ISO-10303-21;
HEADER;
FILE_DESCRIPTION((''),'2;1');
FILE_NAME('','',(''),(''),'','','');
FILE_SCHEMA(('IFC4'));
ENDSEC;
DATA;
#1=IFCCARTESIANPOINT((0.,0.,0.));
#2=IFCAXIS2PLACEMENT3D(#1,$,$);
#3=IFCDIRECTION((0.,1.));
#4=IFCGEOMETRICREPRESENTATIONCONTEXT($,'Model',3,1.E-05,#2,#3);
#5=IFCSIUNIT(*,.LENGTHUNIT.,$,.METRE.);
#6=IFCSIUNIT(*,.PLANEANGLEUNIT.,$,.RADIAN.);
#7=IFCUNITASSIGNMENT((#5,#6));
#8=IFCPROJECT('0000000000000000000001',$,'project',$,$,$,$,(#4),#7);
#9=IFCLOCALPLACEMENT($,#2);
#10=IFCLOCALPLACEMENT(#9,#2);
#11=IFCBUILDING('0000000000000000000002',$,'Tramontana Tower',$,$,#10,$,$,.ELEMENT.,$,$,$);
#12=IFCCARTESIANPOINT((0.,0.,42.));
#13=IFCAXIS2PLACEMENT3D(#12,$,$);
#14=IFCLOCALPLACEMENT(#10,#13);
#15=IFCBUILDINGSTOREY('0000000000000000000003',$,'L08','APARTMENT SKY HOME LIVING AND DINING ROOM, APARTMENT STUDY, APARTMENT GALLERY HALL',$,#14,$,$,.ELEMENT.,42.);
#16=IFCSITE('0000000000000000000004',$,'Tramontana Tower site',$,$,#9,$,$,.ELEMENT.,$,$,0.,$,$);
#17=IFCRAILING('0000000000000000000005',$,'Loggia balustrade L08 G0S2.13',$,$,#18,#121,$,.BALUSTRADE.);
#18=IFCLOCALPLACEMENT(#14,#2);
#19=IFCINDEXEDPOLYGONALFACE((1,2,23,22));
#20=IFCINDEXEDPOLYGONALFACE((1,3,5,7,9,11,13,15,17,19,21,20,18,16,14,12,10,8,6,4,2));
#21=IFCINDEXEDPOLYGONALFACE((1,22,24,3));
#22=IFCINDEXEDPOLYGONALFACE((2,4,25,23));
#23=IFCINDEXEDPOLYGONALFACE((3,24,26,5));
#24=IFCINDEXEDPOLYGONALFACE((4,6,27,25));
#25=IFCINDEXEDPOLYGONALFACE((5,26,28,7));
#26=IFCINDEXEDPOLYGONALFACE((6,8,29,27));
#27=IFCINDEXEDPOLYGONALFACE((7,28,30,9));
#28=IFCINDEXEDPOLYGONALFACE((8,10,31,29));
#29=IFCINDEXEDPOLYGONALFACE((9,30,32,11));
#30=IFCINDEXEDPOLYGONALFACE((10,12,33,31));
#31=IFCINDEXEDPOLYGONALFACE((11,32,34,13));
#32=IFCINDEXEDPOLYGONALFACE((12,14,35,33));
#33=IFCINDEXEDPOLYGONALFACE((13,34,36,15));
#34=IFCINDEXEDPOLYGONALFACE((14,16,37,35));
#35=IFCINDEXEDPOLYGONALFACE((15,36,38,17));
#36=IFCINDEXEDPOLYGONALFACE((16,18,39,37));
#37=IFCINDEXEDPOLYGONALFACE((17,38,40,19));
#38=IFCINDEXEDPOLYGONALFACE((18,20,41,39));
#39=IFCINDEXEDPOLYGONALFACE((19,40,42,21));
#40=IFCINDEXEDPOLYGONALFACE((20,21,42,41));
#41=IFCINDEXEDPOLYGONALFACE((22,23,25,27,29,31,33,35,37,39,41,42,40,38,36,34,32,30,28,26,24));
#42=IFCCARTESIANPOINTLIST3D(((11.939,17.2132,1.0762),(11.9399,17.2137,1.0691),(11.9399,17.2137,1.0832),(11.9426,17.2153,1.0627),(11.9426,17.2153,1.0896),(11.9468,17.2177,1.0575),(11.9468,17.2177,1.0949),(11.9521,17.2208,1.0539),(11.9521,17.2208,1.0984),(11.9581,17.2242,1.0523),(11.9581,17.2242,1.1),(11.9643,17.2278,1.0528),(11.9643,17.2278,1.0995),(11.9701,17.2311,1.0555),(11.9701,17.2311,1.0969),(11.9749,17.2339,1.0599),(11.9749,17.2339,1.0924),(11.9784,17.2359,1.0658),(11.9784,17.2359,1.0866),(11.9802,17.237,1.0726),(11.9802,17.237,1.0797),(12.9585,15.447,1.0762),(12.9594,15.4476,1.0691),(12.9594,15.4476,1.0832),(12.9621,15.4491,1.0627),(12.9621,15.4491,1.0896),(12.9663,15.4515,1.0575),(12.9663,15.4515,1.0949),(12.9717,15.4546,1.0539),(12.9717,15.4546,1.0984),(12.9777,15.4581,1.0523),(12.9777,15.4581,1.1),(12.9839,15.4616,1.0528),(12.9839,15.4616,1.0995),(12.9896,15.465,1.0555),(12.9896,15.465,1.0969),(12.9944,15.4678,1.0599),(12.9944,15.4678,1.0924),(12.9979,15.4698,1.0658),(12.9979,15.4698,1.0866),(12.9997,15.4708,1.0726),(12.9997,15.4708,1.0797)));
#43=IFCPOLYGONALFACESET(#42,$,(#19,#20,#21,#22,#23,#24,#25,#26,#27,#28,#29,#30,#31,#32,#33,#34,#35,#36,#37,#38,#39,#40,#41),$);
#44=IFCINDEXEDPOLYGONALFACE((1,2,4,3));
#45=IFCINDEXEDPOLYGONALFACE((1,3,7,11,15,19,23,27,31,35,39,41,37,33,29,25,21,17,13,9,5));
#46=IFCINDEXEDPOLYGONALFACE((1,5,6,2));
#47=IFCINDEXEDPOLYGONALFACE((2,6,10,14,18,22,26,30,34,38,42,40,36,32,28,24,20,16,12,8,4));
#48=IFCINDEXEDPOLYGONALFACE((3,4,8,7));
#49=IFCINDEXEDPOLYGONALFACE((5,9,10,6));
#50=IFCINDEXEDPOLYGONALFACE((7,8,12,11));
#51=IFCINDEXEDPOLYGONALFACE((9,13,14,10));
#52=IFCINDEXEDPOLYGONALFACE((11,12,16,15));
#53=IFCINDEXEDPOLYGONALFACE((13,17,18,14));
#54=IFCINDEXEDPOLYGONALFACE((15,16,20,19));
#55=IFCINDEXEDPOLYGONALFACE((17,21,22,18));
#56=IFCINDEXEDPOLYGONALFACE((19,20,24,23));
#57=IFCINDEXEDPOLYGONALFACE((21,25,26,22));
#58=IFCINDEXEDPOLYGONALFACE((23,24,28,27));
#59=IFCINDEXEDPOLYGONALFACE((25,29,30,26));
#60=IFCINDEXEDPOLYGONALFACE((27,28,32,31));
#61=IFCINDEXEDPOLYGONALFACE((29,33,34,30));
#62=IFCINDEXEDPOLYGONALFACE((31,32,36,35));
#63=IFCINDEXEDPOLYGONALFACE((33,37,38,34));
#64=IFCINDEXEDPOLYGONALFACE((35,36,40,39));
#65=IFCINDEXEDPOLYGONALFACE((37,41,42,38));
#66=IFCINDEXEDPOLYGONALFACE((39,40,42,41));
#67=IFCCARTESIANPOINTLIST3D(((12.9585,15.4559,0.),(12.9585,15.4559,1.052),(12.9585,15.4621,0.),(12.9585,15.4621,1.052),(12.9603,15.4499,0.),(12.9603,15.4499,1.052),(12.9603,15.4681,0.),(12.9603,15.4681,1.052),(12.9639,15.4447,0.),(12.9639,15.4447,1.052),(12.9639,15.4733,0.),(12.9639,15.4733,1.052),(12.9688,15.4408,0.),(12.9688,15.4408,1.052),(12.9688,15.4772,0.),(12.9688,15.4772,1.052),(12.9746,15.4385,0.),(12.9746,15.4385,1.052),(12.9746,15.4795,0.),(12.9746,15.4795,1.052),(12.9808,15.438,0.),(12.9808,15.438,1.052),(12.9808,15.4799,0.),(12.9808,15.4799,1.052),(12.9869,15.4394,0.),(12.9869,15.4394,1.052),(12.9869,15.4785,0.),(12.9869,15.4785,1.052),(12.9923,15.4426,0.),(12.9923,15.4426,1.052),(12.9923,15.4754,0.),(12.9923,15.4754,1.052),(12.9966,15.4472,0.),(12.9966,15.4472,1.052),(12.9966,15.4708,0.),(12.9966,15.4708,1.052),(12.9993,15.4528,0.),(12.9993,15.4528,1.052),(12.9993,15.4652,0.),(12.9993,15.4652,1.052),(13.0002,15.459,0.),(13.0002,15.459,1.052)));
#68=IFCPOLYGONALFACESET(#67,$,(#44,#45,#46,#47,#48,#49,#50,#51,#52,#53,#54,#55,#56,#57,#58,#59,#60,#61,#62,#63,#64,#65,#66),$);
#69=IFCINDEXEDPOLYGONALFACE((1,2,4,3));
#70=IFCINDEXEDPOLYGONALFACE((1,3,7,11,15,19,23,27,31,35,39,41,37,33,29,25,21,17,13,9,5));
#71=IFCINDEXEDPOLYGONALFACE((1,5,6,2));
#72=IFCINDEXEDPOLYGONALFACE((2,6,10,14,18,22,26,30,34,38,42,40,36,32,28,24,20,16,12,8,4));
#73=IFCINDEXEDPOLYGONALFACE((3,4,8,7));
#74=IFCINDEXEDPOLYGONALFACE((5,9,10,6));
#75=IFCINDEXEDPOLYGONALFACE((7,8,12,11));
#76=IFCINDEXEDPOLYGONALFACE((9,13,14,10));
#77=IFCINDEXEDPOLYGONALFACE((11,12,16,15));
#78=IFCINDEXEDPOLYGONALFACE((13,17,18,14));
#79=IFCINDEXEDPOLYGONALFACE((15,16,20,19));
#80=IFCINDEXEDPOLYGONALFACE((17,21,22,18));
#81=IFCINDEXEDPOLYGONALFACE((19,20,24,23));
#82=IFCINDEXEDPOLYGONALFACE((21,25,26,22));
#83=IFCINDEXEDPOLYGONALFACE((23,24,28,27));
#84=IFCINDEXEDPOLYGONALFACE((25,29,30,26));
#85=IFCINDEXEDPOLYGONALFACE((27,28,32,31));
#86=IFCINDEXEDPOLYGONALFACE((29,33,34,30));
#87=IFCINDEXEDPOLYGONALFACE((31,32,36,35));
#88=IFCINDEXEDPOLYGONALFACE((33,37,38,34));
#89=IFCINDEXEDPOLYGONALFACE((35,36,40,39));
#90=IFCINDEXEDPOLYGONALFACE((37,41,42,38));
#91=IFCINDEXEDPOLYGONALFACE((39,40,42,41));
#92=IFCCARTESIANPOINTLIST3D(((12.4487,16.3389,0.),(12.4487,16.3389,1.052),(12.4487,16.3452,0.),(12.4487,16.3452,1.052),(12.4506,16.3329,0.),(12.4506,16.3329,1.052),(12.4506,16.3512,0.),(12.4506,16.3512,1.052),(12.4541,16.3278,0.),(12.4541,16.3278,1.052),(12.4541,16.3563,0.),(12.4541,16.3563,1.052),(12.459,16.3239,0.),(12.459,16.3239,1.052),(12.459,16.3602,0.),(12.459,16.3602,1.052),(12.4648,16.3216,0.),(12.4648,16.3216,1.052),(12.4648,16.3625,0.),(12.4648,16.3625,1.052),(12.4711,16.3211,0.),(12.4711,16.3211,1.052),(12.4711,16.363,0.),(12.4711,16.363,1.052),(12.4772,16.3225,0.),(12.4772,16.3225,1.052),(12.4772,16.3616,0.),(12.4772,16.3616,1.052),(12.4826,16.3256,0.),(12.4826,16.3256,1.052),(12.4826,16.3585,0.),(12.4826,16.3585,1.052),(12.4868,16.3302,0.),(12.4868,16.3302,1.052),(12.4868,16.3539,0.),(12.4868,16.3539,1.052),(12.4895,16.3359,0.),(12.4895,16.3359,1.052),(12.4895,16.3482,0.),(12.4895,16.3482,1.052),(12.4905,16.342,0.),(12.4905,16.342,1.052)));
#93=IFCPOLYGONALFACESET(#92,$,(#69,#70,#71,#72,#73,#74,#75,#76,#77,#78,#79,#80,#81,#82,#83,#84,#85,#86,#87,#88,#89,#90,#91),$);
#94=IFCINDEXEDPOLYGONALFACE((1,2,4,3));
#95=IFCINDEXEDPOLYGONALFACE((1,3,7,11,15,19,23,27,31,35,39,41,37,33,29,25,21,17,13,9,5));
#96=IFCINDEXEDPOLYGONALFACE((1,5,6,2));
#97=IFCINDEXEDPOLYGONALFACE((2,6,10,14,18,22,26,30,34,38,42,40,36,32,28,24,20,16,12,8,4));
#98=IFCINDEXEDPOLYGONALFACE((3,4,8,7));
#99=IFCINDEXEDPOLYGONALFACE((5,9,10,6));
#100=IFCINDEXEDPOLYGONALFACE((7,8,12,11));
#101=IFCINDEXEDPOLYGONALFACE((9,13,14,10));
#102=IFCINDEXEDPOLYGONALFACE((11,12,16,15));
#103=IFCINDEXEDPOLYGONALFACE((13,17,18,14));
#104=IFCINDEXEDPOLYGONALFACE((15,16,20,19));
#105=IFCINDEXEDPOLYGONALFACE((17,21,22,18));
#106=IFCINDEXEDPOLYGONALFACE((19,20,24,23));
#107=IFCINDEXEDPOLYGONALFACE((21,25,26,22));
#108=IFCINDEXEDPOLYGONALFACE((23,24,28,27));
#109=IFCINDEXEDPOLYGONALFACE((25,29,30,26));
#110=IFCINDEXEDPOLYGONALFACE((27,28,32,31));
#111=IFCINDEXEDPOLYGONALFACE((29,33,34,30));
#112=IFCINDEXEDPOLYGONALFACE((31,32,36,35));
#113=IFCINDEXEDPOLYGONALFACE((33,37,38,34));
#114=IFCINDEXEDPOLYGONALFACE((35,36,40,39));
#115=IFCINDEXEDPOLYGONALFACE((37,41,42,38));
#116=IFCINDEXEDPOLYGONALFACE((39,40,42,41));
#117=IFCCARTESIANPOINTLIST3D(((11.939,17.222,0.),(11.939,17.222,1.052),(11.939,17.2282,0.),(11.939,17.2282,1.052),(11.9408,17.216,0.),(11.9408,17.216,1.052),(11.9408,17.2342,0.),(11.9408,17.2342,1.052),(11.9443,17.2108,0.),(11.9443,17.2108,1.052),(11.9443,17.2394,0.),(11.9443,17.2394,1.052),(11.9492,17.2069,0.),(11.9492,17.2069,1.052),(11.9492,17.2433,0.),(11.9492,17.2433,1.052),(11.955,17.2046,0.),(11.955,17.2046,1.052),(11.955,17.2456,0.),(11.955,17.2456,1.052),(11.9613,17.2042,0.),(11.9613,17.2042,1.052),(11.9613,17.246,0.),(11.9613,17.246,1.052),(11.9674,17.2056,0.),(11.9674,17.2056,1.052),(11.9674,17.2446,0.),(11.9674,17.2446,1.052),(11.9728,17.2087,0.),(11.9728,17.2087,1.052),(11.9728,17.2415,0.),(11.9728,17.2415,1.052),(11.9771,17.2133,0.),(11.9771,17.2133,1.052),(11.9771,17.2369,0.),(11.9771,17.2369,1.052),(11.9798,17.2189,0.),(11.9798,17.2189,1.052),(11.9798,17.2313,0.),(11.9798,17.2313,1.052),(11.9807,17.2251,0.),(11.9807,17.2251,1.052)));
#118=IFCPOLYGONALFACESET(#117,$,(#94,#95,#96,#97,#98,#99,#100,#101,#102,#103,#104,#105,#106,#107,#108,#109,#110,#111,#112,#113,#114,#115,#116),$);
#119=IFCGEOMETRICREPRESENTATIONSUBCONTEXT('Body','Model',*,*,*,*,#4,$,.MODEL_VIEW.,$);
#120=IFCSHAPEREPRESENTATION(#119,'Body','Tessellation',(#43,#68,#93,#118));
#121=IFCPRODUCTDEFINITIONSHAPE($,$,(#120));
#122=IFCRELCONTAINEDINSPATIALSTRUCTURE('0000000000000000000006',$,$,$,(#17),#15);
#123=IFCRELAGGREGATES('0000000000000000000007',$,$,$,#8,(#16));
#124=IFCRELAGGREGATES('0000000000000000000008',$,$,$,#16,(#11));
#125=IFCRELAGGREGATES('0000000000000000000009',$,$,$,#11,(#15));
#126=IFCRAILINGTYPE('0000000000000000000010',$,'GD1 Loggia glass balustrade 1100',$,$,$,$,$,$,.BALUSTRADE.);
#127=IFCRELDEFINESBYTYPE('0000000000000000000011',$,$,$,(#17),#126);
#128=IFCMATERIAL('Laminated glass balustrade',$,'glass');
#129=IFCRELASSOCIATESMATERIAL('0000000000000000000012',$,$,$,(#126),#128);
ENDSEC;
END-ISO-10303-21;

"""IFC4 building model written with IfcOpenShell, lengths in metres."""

from ifc_helpers import new_model, si_unit, direction, frame, origin, origin_2d, place, context, subcontext, project, spatial, circle, extrude, material, type_object, element, save


model = new_model("IFC4")

# Units and contexts
model_context = context("Model", 3, precision=1e-05, world=origin(), true_north=direction((0.0, 1.0)))
body_context = subcontext(model_context, "Body", "Model", "MODEL_VIEW")
ifc_project = project(units=[si_unit("LENGTHUNIT", "METRE"), si_unit("PLANEANGLEUNIT", "RADIAN")], contexts=[model_context])

# Site, building, storey
site_placement = place(None, origin())
site = spatial("IfcSite", under=ifc_project, at=site_placement, Name="Tramontana Tower site", CompositionType="ELEMENT", RefElevation=0.0)
building_placement = place(site_placement, origin())
building = spatial("IfcBuilding", under=site, at=building_placement, Name="Tramontana Tower", CompositionType="ELEMENT")
storey_placement = place(building_placement, frame((0.0, 0.0, 42.0)))
storey = spatial("IfcBuildingStorey", under=building, at=storey_placement, Name="L08", Description="APARTMENT SKY HOME LIVING AND DINING ROOM, APARTMENT STUDY, APARTMENT GALLERY HALL", CompositionType="ELEMENT", Elevation=42.0)

# Railing
ifc_material_1 = material(Name="Laminated glass balustrade", Category="glass")
railing_type = type_object("IfcRailingType", Name="GD1 Loggia glass balustrade 1100", PredefinedType="BALUSTRADE", material=ifc_material_1)
railing_placement = place(storey_placement, frame((12.9792, 15.459, 0.0)))
element("IfcRailing", 1, at=railing_placement, inside=storey, type_object=railing_type, Name="Loggia balustrade L08 G0S2.13", PredefinedType="BALUSTRADE", context=body_context, shape_type="SweptSolid", body=[
    extrude(circle(Radius=0.0239, at=origin_2d()), frame((0.0, 0.0, 1.0762), z_axis=(-0.49995, 0.866054, 0.0), x_axis=(-0.866054, -0.49995, 0.0)), (0.0, 0.0, 1.0), 2.0393),
    extrude(circle(Radius=0.021, at=origin_2d()), origin(), (0.0, 0.0, 1.0), 1.052),
    extrude(circle(Radius=0.021, at=origin_2d()), frame((-0.5098, 0.8831, 0.0)), (0.0, 0.0, 1.0), 1.052),
    extrude(circle(Radius=0.021, at=origin_2d()), frame((-1.0195, 1.7661, 0.0)), (0.0, 0.0, 1.0), 1.052),
])

save(model, "model.ifc")
